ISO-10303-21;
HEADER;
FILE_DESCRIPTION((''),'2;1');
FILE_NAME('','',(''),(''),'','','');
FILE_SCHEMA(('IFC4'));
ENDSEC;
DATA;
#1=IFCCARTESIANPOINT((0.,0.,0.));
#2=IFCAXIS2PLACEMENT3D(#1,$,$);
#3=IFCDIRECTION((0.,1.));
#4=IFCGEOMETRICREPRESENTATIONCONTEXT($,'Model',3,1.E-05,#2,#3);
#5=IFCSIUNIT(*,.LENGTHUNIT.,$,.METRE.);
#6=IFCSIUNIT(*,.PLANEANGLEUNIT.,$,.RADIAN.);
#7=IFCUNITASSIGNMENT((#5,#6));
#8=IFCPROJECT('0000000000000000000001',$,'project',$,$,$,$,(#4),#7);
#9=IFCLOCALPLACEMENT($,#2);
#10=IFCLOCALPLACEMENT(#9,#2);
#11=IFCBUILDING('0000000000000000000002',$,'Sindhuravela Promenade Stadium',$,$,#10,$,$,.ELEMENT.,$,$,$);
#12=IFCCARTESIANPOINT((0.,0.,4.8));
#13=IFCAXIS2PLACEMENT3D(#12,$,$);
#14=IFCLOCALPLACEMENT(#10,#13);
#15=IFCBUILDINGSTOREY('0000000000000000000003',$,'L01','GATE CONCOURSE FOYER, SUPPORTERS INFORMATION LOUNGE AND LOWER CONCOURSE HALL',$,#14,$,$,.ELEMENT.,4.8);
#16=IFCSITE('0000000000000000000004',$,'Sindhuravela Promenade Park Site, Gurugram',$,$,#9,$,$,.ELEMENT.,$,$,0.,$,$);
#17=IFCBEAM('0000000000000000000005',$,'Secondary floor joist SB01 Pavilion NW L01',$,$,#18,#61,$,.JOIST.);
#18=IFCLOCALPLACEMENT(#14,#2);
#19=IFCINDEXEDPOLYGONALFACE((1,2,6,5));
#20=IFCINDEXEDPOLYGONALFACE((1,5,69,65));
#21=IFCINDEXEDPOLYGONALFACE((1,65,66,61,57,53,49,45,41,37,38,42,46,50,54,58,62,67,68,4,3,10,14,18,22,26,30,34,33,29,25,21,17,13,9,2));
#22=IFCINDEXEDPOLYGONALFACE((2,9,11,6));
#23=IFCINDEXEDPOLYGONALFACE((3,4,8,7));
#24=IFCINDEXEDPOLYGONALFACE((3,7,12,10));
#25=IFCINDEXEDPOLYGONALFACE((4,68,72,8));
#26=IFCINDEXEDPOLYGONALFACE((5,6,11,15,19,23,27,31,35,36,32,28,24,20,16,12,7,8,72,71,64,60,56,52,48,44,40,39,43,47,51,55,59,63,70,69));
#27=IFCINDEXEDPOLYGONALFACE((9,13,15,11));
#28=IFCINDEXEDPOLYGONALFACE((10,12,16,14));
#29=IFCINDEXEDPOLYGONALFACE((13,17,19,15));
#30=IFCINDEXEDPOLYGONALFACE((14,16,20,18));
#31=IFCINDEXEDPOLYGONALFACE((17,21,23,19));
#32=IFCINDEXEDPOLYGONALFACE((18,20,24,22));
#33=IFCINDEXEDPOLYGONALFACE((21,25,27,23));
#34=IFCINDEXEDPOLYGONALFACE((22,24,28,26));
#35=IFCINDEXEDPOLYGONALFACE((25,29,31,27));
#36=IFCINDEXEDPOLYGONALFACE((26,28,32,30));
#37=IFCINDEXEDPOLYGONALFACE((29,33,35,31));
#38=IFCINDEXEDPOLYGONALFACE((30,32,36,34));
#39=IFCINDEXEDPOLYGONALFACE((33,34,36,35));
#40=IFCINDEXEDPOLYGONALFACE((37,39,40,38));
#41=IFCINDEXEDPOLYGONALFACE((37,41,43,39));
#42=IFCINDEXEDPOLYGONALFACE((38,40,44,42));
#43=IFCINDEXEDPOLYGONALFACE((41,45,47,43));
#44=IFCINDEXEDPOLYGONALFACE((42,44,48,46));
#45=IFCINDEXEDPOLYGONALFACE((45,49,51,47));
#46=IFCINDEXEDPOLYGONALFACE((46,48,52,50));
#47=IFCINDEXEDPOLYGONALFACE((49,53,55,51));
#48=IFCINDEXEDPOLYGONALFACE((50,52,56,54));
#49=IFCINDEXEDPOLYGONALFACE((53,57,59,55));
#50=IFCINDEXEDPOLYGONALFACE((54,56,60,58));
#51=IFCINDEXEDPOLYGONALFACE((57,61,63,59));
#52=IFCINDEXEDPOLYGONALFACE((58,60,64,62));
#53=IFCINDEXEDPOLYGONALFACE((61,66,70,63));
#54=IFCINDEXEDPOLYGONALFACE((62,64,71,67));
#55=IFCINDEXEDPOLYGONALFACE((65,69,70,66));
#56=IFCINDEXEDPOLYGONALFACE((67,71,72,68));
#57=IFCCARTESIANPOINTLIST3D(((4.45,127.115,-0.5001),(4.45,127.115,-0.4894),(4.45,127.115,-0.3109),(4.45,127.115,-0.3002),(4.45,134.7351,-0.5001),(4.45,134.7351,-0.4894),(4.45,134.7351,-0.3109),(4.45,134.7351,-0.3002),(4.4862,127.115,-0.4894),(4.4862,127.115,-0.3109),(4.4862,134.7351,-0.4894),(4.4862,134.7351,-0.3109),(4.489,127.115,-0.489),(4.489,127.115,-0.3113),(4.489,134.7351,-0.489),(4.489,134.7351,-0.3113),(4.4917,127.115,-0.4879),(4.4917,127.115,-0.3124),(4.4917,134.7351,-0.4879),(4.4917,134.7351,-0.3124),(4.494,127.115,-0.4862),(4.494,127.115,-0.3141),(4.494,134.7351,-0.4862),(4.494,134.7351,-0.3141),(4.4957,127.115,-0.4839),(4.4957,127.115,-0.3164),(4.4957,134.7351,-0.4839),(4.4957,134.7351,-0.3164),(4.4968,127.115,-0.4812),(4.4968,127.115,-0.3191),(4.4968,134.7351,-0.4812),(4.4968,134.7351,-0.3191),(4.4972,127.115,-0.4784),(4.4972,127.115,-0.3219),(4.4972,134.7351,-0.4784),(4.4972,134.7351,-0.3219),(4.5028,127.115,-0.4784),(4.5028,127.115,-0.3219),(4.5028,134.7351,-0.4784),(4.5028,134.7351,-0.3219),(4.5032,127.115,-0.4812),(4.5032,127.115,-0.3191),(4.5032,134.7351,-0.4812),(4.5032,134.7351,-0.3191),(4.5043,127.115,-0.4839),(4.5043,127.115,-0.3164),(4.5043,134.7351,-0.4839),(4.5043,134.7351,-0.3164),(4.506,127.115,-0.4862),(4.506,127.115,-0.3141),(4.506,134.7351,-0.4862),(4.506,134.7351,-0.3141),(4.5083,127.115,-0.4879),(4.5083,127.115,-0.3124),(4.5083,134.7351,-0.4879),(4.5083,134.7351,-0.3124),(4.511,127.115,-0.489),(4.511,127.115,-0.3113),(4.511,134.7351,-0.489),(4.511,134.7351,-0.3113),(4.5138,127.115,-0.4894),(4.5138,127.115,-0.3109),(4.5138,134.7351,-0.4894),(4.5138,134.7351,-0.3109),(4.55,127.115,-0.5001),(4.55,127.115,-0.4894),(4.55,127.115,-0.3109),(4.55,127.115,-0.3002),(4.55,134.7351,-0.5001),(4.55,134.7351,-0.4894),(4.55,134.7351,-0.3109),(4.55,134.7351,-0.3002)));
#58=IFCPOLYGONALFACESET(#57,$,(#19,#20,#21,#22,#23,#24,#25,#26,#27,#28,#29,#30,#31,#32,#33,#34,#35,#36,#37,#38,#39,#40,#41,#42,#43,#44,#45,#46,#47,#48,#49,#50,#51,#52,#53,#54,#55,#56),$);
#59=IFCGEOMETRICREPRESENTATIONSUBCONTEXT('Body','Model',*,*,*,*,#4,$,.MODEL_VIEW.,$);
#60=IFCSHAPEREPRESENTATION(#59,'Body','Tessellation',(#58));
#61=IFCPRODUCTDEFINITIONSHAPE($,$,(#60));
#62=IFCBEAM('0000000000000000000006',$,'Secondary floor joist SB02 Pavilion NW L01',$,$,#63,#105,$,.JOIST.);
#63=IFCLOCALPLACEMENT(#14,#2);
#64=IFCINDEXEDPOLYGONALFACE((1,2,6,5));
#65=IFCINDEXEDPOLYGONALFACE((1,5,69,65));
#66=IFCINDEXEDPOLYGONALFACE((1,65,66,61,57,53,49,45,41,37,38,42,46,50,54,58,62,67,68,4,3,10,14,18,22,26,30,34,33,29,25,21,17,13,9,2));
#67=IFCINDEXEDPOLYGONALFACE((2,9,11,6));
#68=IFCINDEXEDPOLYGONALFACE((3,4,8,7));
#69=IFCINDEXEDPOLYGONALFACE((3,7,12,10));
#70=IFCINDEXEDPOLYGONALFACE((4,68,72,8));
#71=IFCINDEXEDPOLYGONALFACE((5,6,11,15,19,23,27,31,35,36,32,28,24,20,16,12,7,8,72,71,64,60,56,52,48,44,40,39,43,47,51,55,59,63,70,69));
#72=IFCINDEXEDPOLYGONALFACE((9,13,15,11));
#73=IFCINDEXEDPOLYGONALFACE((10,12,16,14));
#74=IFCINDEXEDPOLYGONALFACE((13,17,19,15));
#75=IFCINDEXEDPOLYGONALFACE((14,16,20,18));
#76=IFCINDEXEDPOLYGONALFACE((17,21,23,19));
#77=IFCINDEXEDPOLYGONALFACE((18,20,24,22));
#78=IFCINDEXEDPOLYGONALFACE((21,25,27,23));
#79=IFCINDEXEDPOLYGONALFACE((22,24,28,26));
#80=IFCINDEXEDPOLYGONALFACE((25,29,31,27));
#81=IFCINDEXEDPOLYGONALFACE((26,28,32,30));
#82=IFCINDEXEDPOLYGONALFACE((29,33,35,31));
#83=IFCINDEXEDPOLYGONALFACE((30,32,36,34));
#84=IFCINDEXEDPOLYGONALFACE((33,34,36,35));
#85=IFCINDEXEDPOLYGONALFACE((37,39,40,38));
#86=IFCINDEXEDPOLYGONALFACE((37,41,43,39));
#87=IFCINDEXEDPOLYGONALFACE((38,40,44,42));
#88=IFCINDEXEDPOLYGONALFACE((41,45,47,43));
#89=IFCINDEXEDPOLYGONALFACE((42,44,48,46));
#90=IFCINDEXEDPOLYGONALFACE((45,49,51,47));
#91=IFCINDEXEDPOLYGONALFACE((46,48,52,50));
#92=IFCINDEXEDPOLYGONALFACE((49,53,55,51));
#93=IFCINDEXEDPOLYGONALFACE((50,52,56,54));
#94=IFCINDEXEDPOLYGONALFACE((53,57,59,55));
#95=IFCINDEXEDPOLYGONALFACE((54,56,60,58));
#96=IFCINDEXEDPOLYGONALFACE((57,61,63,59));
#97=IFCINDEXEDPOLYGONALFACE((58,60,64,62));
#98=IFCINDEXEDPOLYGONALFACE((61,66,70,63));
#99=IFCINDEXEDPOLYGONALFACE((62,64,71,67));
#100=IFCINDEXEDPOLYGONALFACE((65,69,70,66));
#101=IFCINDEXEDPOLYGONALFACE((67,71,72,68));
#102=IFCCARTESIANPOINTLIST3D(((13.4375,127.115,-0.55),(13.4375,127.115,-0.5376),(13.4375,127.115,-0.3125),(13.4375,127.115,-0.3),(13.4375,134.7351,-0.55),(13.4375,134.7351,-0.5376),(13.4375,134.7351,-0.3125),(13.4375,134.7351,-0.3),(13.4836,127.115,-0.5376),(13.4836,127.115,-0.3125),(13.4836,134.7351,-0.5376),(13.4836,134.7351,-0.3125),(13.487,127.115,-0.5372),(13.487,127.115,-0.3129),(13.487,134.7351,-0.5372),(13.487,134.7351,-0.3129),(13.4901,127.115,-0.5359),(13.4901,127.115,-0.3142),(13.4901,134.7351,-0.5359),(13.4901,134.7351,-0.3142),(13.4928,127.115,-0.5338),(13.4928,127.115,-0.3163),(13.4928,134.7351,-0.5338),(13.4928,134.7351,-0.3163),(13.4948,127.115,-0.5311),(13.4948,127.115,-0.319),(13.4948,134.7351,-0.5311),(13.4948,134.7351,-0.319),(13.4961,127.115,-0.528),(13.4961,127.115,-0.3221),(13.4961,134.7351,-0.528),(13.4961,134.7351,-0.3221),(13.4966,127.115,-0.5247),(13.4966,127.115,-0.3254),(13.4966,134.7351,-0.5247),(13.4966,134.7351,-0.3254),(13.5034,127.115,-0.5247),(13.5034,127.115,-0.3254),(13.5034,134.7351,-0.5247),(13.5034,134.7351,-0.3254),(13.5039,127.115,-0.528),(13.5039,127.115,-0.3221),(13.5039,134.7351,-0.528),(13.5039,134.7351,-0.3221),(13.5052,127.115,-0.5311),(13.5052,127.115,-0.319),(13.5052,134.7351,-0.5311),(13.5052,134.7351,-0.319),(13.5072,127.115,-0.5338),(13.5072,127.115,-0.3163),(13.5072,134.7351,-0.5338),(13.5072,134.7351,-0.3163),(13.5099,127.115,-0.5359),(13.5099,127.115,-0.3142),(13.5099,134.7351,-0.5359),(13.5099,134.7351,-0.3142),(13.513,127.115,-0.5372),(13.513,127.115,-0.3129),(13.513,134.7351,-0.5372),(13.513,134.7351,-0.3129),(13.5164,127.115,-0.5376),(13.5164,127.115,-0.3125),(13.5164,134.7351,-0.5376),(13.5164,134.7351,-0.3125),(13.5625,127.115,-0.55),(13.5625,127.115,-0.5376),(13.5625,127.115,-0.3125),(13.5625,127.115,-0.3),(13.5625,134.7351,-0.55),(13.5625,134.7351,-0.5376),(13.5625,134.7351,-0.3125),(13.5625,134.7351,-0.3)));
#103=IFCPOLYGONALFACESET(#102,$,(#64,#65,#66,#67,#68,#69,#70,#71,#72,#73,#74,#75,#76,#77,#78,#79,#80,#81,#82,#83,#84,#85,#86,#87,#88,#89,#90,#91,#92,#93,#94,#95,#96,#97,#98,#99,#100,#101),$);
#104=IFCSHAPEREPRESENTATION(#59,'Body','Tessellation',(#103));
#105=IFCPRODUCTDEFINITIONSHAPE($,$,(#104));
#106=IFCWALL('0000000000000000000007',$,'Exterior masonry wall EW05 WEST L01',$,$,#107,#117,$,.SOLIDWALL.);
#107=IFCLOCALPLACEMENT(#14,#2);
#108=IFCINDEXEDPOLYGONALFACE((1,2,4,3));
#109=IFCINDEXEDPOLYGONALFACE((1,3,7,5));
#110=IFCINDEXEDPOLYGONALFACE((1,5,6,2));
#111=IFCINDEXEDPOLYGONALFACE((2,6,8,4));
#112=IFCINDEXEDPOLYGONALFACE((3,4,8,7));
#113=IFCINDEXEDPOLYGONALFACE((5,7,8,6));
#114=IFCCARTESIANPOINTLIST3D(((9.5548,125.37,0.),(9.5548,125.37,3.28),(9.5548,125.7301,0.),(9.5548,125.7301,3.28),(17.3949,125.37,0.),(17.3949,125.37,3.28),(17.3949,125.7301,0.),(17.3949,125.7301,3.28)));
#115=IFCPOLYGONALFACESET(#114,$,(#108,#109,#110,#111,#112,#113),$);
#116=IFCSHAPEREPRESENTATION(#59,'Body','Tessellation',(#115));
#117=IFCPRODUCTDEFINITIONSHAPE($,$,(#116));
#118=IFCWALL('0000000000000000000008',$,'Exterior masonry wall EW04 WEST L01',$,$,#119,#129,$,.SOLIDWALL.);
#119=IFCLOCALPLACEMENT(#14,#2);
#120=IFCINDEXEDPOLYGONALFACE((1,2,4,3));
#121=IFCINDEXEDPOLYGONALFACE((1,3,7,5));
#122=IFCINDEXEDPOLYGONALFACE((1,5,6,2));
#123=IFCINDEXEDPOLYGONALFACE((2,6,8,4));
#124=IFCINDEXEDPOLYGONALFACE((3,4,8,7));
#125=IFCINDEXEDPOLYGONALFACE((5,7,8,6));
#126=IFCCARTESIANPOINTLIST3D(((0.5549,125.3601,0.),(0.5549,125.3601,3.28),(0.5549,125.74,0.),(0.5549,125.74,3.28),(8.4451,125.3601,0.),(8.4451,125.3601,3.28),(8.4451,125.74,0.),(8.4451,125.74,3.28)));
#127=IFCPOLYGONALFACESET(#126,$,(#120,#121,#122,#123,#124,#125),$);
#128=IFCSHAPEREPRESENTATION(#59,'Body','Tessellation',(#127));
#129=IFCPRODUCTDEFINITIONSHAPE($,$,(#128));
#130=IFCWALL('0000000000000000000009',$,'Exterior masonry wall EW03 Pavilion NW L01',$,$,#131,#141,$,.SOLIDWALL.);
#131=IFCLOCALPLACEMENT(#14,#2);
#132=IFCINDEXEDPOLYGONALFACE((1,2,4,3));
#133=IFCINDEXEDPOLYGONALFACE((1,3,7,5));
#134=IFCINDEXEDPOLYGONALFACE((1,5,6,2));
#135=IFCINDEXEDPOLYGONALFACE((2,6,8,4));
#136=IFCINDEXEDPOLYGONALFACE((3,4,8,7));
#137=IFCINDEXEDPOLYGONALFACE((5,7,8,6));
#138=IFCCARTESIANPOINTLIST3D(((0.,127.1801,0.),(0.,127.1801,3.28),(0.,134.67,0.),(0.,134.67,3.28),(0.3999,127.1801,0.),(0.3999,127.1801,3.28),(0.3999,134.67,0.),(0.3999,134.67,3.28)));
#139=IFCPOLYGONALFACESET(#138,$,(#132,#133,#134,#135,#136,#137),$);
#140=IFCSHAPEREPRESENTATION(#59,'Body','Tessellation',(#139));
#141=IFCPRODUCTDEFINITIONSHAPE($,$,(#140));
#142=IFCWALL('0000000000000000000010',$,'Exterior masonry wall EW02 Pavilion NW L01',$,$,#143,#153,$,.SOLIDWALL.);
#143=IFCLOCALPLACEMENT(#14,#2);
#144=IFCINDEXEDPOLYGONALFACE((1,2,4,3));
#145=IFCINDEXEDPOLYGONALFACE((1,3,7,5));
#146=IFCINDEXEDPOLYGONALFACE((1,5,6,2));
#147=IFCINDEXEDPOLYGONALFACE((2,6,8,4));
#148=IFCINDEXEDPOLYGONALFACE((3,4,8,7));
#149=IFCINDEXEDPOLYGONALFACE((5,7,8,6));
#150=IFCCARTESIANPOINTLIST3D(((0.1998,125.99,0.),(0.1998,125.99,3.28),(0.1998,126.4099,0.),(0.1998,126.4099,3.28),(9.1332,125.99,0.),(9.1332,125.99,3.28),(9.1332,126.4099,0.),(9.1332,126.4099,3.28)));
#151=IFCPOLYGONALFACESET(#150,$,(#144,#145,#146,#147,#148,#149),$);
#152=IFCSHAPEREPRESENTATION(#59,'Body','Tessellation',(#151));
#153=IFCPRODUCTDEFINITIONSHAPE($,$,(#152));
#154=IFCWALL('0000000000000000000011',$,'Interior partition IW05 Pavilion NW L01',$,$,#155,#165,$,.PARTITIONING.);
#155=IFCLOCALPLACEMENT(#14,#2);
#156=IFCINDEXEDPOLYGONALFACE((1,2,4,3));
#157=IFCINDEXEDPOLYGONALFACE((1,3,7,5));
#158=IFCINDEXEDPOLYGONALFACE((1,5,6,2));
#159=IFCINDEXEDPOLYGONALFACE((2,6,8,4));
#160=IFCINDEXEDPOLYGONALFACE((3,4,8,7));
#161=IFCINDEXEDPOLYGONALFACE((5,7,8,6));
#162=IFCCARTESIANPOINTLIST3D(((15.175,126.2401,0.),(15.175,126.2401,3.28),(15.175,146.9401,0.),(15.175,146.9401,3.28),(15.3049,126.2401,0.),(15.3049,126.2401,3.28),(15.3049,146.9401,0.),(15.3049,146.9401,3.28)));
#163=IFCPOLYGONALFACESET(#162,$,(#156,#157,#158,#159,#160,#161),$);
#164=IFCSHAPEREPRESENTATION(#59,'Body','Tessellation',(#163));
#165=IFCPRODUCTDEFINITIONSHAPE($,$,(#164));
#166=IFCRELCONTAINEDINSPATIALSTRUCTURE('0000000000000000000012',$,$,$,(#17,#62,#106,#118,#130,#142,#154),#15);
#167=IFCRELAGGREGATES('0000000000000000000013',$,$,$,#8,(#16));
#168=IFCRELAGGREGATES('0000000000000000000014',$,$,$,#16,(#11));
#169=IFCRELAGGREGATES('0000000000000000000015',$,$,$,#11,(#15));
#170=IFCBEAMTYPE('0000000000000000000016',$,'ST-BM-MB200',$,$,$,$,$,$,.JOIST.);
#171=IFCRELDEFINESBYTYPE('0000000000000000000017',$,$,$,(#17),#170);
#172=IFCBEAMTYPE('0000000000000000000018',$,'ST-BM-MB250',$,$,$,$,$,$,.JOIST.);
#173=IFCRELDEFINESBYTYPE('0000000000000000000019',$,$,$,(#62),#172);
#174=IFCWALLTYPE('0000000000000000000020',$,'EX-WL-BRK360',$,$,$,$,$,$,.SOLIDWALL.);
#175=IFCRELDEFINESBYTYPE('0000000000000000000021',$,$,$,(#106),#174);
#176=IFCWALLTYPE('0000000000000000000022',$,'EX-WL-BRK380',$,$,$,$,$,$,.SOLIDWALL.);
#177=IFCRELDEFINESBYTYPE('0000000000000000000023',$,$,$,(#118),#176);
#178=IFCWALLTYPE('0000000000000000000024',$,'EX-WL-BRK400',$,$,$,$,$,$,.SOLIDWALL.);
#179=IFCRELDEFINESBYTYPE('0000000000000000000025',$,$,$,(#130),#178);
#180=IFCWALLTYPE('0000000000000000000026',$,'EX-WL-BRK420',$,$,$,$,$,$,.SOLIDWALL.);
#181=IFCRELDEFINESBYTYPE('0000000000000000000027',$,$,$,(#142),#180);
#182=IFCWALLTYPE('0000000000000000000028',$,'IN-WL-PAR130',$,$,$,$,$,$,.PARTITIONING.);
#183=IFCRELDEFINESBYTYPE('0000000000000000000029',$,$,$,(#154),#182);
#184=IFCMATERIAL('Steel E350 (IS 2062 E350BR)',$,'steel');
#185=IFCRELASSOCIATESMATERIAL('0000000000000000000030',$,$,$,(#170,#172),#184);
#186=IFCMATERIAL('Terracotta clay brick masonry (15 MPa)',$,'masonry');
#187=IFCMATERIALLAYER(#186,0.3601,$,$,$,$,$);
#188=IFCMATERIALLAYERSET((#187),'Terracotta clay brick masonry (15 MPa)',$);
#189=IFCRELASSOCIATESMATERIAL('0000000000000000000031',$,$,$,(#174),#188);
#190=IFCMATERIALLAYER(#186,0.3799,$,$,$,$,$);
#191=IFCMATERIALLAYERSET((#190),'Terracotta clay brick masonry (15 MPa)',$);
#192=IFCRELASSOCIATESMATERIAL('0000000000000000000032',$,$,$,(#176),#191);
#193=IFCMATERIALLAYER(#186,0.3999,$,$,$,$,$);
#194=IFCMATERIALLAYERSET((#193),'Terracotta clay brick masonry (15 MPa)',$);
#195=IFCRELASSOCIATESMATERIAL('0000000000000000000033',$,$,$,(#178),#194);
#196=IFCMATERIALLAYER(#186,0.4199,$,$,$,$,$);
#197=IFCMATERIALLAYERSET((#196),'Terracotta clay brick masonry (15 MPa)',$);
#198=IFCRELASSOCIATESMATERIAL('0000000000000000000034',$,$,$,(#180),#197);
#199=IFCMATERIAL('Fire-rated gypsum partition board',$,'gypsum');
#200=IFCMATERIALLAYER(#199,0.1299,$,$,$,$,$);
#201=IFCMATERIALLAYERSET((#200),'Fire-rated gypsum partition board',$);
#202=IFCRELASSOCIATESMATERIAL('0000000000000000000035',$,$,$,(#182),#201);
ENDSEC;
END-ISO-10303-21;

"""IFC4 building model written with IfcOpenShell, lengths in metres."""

from ifc_helpers import new_model, si_unit, direction, frame, frame_2d, origin, origin_2d, place, context, subcontext, project, spatial, rectangle, i_section, extrude, material, layer, layer_set, material_profile, profile_set, type_object, element, save


model = new_model("IFC4")

# Units and contexts
model_context = context("Model", 3, precision=1e-05, world=origin(), true_north=direction((0.0, 1.0)))
body_context = subcontext(model_context, "Body", "Model", "MODEL_VIEW")
ifc_project = project(units=[si_unit("LENGTHUNIT", "METRE"), si_unit("PLANEANGLEUNIT", "RADIAN")], contexts=[model_context])

# Site, building, storey
site_placement = place(None, origin())
site = spatial("IfcSite", under=ifc_project, at=site_placement, Name="Sindhuravela Promenade Park Site, Gurugram", CompositionType="ELEMENT", RefElevation=0.0)
building_placement = place(site_placement, origin())
building = spatial("IfcBuilding", under=site, at=building_placement, Name="Sindhuravela Promenade Stadium", CompositionType="ELEMENT")
storey_placement = place(building_placement, frame((0.0, 0.0, 4.8)))
storey = spatial("IfcBuildingStorey", under=building, at=storey_placement, Name="L01", Description="GATE CONCOURSE FOYER, SUPPORTERS INFORMATION LOUNGE AND LOWER CONCOURSE HALL", CompositionType="ELEMENT", Elevation=4.8)

# Beams
ifc_material_1 = material(Name="Steel E350 (IS 2062 E350BR)", Category="steel")
ifc_material_profile_1 = material_profile(ifc_material_1, i_section(OverallWidth=0.1001, OverallDepth=0.2, WebThickness=0.0056, FlangeThickness=0.0107, FilletRadius=0.011, at=origin_2d()), Name="ISMB 200")
ifc_profile_set_1 = profile_set([ifc_material_profile_1], Name="Steel E350 (IS 2062 E350BR)")
beam_type_1 = type_object("IfcBeamType", Name="ST-BM-MB200", PredefinedType="JOIST", material=ifc_profile_set_1)
beam_1_placement = place(storey_placement, frame((4.5, 127.115, -0.4001), z_axis=(0.0, 1.0, 0.0), x_axis=(-1.0, 0.0, 0.0)))
element("IfcBeam", 1, at=beam_1_placement, inside=storey, type_object=beam_type_1, Name="Secondary floor joist SB01 Pavilion NW L01", PredefinedType="JOIST", context=body_context, shape_type="SweptSolid", body=[
    extrude(i_section(OverallWidth=0.1001, OverallDepth=0.2, WebThickness=0.0056, FlangeThickness=0.0107, FilletRadius=0.011, at=origin_2d()), origin(), (0.0, 0.0, 1.0), 7.6201),
])
ifc_material_profile_2 = material_profile(ifc_material_1, i_section(OverallWidth=0.125, OverallDepth=0.25, WebThickness=0.0068, FlangeThickness=0.0125, FilletRadius=0.0129, at=origin_2d()), Name="ISMB 250")
ifc_profile_set_2 = profile_set([ifc_material_profile_2], Name="Steel E350 (IS 2062 E350BR)")
beam_type_2 = type_object("IfcBeamType", Name="ST-BM-MB250", PredefinedType="JOIST", material=ifc_profile_set_2)
beam_2_placement = place(storey_placement, frame((13.5, 127.115, -0.425), z_axis=(0.0, 1.0, 0.0), x_axis=(-1.0, 0.0, 0.0)))
element("IfcBeam", 2, at=beam_2_placement, inside=storey, type_object=beam_type_2, Name="Secondary floor joist SB02 Pavilion NW L01", PredefinedType="JOIST", context=body_context, shape_type="SweptSolid", body=[
    extrude(i_section(OverallWidth=0.125, OverallDepth=0.25, WebThickness=0.0068, FlangeThickness=0.0125, FilletRadius=0.0129, at=origin_2d()), origin(), (0.0, 0.0, 1.0), 7.6201),
])

# Walls
ifc_material_2 = material(Name="Terracotta clay brick masonry (15 MPa)", Category="masonry")
ifc_layer_1 = layer(ifc_material_2, 0.3601)
ifc_layer_set_1 = layer_set([ifc_layer_1], Name="Terracotta clay brick masonry (15 MPa)")
wall_type_1 = type_object("IfcWallType", Name="EX-WL-BRK360", PredefinedType="SOLIDWALL", material=ifc_layer_set_1)
wall_1_placement = place(storey_placement, frame((9.5549, 125.55, 0.0), z_axis=(0.0, 0.0, 1.0), x_axis=(1.0, 0.0, 0.0)))
element("IfcWall", 3, at=wall_1_placement, inside=storey, type_object=wall_type_1, Name="Exterior masonry wall EW05 WEST L01", PredefinedType="SOLIDWALL", context=body_context, shape_type="SweptSolid", body=[
    extrude(rectangle(XDim=7.8401, YDim=0.3601, at=frame_2d((3.9199, 0.0))), origin(), (0.0, 0.0, 1.0), 3.28),
])
ifc_layer_2 = layer(ifc_material_2, 0.3799)
ifc_layer_set_2 = layer_set([ifc_layer_2], Name="Terracotta clay brick masonry (15 MPa)")
wall_type_2 = type_object("IfcWallType", Name="EX-WL-BRK380", PredefinedType="SOLIDWALL", material=ifc_layer_set_2)
wall_2_placement = place(storey_placement, frame((0.5549, 125.55, 0.0), z_axis=(0.0, 0.0, 1.0), x_axis=(1.0, 0.0, 0.0)))
element("IfcWall", 4, at=wall_2_placement, inside=storey, type_object=wall_type_2, Name="Exterior masonry wall EW04 WEST L01", PredefinedType="SOLIDWALL", context=body_context, shape_type="SweptSolid", body=[
    extrude(rectangle(XDim=7.8901, YDim=0.3799, at=frame_2d((3.9451, 0.0))), origin(), (0.0, 0.0, 1.0), 3.28),
])
ifc_layer_3 = layer(ifc_material_2, 0.3999)
ifc_layer_set_3 = layer_set([ifc_layer_3], Name="Terracotta clay brick masonry (15 MPa)")
wall_type_3 = type_object("IfcWallType", Name="EX-WL-BRK400", PredefinedType="SOLIDWALL", material=ifc_layer_set_3)
wall_3_placement = place(storey_placement, frame((0.2, 127.1799, 0.0), z_axis=(0.0, 0.0, 1.0), x_axis=(0.0, 1.0, 0.0)))
element("IfcWall", 5, at=wall_3_placement, inside=storey, type_object=wall_type_3, Name="Exterior masonry wall EW03 Pavilion NW L01", PredefinedType="SOLIDWALL", context=body_context, shape_type="SweptSolid", body=[
    extrude(rectangle(XDim=7.49, YDim=0.3999, at=frame_2d((3.7451, 0.0))), origin(), (0.0, 0.0, 1.0), 3.28),
])
ifc_layer_4 = layer(ifc_material_2, 0.4199)
ifc_layer_set_4 = layer_set([ifc_layer_4], Name="Terracotta clay brick masonry (15 MPa)")
wall_type_4 = type_object("IfcWallType", Name="EX-WL-BRK420", PredefinedType="SOLIDWALL", material=ifc_layer_set_4)
wall_4_placement = place(storey_placement, frame((9.1333, 126.2, 0.0), z_axis=(0.0, 0.0, 1.0), x_axis=(-1.0, 0.0, 0.0)))
element("IfcWall", 6, at=wall_4_placement, inside=storey, type_object=wall_type_4, Name="Exterior masonry wall EW02 Pavilion NW L01", PredefinedType="SOLIDWALL", context=body_context, shape_type="SweptSolid", body=[
    extrude(rectangle(XDim=8.9333, YDim=0.4199, at=frame_2d((4.4668, 0.0))), origin(), (0.0, 0.0, 1.0), 3.28),
])
ifc_material_3 = material(Name="Fire-rated gypsum partition board", Category="gypsum")
ifc_layer_5 = layer(ifc_material_3, 0.1299)
ifc_layer_set_5 = layer_set([ifc_layer_5], Name="Fire-rated gypsum partition board")
wall_type_5 = type_object("IfcWallType", Name="IN-WL-PAR130", PredefinedType="PARTITIONING", material=ifc_layer_set_5)
wall_5_placement = place(storey_placement, frame((15.24, 126.24, 0.0), z_axis=(0.0, 0.0, 1.0), x_axis=(0.0, 1.0, 0.0)))
element("IfcWall", 7, at=wall_5_placement, inside=storey, type_object=wall_type_5, Name="Interior partition IW05 Pavilion NW L01", PredefinedType="PARTITIONING", context=body_context, shape_type="SweptSolid", body=[
    extrude(rectangle(XDim=20.7, YDim=0.1299, at=frame_2d((10.3501, 0.0))), origin(), (0.0, 0.0, 1.0), 3.28),
])

save(model, "model.ifc")
